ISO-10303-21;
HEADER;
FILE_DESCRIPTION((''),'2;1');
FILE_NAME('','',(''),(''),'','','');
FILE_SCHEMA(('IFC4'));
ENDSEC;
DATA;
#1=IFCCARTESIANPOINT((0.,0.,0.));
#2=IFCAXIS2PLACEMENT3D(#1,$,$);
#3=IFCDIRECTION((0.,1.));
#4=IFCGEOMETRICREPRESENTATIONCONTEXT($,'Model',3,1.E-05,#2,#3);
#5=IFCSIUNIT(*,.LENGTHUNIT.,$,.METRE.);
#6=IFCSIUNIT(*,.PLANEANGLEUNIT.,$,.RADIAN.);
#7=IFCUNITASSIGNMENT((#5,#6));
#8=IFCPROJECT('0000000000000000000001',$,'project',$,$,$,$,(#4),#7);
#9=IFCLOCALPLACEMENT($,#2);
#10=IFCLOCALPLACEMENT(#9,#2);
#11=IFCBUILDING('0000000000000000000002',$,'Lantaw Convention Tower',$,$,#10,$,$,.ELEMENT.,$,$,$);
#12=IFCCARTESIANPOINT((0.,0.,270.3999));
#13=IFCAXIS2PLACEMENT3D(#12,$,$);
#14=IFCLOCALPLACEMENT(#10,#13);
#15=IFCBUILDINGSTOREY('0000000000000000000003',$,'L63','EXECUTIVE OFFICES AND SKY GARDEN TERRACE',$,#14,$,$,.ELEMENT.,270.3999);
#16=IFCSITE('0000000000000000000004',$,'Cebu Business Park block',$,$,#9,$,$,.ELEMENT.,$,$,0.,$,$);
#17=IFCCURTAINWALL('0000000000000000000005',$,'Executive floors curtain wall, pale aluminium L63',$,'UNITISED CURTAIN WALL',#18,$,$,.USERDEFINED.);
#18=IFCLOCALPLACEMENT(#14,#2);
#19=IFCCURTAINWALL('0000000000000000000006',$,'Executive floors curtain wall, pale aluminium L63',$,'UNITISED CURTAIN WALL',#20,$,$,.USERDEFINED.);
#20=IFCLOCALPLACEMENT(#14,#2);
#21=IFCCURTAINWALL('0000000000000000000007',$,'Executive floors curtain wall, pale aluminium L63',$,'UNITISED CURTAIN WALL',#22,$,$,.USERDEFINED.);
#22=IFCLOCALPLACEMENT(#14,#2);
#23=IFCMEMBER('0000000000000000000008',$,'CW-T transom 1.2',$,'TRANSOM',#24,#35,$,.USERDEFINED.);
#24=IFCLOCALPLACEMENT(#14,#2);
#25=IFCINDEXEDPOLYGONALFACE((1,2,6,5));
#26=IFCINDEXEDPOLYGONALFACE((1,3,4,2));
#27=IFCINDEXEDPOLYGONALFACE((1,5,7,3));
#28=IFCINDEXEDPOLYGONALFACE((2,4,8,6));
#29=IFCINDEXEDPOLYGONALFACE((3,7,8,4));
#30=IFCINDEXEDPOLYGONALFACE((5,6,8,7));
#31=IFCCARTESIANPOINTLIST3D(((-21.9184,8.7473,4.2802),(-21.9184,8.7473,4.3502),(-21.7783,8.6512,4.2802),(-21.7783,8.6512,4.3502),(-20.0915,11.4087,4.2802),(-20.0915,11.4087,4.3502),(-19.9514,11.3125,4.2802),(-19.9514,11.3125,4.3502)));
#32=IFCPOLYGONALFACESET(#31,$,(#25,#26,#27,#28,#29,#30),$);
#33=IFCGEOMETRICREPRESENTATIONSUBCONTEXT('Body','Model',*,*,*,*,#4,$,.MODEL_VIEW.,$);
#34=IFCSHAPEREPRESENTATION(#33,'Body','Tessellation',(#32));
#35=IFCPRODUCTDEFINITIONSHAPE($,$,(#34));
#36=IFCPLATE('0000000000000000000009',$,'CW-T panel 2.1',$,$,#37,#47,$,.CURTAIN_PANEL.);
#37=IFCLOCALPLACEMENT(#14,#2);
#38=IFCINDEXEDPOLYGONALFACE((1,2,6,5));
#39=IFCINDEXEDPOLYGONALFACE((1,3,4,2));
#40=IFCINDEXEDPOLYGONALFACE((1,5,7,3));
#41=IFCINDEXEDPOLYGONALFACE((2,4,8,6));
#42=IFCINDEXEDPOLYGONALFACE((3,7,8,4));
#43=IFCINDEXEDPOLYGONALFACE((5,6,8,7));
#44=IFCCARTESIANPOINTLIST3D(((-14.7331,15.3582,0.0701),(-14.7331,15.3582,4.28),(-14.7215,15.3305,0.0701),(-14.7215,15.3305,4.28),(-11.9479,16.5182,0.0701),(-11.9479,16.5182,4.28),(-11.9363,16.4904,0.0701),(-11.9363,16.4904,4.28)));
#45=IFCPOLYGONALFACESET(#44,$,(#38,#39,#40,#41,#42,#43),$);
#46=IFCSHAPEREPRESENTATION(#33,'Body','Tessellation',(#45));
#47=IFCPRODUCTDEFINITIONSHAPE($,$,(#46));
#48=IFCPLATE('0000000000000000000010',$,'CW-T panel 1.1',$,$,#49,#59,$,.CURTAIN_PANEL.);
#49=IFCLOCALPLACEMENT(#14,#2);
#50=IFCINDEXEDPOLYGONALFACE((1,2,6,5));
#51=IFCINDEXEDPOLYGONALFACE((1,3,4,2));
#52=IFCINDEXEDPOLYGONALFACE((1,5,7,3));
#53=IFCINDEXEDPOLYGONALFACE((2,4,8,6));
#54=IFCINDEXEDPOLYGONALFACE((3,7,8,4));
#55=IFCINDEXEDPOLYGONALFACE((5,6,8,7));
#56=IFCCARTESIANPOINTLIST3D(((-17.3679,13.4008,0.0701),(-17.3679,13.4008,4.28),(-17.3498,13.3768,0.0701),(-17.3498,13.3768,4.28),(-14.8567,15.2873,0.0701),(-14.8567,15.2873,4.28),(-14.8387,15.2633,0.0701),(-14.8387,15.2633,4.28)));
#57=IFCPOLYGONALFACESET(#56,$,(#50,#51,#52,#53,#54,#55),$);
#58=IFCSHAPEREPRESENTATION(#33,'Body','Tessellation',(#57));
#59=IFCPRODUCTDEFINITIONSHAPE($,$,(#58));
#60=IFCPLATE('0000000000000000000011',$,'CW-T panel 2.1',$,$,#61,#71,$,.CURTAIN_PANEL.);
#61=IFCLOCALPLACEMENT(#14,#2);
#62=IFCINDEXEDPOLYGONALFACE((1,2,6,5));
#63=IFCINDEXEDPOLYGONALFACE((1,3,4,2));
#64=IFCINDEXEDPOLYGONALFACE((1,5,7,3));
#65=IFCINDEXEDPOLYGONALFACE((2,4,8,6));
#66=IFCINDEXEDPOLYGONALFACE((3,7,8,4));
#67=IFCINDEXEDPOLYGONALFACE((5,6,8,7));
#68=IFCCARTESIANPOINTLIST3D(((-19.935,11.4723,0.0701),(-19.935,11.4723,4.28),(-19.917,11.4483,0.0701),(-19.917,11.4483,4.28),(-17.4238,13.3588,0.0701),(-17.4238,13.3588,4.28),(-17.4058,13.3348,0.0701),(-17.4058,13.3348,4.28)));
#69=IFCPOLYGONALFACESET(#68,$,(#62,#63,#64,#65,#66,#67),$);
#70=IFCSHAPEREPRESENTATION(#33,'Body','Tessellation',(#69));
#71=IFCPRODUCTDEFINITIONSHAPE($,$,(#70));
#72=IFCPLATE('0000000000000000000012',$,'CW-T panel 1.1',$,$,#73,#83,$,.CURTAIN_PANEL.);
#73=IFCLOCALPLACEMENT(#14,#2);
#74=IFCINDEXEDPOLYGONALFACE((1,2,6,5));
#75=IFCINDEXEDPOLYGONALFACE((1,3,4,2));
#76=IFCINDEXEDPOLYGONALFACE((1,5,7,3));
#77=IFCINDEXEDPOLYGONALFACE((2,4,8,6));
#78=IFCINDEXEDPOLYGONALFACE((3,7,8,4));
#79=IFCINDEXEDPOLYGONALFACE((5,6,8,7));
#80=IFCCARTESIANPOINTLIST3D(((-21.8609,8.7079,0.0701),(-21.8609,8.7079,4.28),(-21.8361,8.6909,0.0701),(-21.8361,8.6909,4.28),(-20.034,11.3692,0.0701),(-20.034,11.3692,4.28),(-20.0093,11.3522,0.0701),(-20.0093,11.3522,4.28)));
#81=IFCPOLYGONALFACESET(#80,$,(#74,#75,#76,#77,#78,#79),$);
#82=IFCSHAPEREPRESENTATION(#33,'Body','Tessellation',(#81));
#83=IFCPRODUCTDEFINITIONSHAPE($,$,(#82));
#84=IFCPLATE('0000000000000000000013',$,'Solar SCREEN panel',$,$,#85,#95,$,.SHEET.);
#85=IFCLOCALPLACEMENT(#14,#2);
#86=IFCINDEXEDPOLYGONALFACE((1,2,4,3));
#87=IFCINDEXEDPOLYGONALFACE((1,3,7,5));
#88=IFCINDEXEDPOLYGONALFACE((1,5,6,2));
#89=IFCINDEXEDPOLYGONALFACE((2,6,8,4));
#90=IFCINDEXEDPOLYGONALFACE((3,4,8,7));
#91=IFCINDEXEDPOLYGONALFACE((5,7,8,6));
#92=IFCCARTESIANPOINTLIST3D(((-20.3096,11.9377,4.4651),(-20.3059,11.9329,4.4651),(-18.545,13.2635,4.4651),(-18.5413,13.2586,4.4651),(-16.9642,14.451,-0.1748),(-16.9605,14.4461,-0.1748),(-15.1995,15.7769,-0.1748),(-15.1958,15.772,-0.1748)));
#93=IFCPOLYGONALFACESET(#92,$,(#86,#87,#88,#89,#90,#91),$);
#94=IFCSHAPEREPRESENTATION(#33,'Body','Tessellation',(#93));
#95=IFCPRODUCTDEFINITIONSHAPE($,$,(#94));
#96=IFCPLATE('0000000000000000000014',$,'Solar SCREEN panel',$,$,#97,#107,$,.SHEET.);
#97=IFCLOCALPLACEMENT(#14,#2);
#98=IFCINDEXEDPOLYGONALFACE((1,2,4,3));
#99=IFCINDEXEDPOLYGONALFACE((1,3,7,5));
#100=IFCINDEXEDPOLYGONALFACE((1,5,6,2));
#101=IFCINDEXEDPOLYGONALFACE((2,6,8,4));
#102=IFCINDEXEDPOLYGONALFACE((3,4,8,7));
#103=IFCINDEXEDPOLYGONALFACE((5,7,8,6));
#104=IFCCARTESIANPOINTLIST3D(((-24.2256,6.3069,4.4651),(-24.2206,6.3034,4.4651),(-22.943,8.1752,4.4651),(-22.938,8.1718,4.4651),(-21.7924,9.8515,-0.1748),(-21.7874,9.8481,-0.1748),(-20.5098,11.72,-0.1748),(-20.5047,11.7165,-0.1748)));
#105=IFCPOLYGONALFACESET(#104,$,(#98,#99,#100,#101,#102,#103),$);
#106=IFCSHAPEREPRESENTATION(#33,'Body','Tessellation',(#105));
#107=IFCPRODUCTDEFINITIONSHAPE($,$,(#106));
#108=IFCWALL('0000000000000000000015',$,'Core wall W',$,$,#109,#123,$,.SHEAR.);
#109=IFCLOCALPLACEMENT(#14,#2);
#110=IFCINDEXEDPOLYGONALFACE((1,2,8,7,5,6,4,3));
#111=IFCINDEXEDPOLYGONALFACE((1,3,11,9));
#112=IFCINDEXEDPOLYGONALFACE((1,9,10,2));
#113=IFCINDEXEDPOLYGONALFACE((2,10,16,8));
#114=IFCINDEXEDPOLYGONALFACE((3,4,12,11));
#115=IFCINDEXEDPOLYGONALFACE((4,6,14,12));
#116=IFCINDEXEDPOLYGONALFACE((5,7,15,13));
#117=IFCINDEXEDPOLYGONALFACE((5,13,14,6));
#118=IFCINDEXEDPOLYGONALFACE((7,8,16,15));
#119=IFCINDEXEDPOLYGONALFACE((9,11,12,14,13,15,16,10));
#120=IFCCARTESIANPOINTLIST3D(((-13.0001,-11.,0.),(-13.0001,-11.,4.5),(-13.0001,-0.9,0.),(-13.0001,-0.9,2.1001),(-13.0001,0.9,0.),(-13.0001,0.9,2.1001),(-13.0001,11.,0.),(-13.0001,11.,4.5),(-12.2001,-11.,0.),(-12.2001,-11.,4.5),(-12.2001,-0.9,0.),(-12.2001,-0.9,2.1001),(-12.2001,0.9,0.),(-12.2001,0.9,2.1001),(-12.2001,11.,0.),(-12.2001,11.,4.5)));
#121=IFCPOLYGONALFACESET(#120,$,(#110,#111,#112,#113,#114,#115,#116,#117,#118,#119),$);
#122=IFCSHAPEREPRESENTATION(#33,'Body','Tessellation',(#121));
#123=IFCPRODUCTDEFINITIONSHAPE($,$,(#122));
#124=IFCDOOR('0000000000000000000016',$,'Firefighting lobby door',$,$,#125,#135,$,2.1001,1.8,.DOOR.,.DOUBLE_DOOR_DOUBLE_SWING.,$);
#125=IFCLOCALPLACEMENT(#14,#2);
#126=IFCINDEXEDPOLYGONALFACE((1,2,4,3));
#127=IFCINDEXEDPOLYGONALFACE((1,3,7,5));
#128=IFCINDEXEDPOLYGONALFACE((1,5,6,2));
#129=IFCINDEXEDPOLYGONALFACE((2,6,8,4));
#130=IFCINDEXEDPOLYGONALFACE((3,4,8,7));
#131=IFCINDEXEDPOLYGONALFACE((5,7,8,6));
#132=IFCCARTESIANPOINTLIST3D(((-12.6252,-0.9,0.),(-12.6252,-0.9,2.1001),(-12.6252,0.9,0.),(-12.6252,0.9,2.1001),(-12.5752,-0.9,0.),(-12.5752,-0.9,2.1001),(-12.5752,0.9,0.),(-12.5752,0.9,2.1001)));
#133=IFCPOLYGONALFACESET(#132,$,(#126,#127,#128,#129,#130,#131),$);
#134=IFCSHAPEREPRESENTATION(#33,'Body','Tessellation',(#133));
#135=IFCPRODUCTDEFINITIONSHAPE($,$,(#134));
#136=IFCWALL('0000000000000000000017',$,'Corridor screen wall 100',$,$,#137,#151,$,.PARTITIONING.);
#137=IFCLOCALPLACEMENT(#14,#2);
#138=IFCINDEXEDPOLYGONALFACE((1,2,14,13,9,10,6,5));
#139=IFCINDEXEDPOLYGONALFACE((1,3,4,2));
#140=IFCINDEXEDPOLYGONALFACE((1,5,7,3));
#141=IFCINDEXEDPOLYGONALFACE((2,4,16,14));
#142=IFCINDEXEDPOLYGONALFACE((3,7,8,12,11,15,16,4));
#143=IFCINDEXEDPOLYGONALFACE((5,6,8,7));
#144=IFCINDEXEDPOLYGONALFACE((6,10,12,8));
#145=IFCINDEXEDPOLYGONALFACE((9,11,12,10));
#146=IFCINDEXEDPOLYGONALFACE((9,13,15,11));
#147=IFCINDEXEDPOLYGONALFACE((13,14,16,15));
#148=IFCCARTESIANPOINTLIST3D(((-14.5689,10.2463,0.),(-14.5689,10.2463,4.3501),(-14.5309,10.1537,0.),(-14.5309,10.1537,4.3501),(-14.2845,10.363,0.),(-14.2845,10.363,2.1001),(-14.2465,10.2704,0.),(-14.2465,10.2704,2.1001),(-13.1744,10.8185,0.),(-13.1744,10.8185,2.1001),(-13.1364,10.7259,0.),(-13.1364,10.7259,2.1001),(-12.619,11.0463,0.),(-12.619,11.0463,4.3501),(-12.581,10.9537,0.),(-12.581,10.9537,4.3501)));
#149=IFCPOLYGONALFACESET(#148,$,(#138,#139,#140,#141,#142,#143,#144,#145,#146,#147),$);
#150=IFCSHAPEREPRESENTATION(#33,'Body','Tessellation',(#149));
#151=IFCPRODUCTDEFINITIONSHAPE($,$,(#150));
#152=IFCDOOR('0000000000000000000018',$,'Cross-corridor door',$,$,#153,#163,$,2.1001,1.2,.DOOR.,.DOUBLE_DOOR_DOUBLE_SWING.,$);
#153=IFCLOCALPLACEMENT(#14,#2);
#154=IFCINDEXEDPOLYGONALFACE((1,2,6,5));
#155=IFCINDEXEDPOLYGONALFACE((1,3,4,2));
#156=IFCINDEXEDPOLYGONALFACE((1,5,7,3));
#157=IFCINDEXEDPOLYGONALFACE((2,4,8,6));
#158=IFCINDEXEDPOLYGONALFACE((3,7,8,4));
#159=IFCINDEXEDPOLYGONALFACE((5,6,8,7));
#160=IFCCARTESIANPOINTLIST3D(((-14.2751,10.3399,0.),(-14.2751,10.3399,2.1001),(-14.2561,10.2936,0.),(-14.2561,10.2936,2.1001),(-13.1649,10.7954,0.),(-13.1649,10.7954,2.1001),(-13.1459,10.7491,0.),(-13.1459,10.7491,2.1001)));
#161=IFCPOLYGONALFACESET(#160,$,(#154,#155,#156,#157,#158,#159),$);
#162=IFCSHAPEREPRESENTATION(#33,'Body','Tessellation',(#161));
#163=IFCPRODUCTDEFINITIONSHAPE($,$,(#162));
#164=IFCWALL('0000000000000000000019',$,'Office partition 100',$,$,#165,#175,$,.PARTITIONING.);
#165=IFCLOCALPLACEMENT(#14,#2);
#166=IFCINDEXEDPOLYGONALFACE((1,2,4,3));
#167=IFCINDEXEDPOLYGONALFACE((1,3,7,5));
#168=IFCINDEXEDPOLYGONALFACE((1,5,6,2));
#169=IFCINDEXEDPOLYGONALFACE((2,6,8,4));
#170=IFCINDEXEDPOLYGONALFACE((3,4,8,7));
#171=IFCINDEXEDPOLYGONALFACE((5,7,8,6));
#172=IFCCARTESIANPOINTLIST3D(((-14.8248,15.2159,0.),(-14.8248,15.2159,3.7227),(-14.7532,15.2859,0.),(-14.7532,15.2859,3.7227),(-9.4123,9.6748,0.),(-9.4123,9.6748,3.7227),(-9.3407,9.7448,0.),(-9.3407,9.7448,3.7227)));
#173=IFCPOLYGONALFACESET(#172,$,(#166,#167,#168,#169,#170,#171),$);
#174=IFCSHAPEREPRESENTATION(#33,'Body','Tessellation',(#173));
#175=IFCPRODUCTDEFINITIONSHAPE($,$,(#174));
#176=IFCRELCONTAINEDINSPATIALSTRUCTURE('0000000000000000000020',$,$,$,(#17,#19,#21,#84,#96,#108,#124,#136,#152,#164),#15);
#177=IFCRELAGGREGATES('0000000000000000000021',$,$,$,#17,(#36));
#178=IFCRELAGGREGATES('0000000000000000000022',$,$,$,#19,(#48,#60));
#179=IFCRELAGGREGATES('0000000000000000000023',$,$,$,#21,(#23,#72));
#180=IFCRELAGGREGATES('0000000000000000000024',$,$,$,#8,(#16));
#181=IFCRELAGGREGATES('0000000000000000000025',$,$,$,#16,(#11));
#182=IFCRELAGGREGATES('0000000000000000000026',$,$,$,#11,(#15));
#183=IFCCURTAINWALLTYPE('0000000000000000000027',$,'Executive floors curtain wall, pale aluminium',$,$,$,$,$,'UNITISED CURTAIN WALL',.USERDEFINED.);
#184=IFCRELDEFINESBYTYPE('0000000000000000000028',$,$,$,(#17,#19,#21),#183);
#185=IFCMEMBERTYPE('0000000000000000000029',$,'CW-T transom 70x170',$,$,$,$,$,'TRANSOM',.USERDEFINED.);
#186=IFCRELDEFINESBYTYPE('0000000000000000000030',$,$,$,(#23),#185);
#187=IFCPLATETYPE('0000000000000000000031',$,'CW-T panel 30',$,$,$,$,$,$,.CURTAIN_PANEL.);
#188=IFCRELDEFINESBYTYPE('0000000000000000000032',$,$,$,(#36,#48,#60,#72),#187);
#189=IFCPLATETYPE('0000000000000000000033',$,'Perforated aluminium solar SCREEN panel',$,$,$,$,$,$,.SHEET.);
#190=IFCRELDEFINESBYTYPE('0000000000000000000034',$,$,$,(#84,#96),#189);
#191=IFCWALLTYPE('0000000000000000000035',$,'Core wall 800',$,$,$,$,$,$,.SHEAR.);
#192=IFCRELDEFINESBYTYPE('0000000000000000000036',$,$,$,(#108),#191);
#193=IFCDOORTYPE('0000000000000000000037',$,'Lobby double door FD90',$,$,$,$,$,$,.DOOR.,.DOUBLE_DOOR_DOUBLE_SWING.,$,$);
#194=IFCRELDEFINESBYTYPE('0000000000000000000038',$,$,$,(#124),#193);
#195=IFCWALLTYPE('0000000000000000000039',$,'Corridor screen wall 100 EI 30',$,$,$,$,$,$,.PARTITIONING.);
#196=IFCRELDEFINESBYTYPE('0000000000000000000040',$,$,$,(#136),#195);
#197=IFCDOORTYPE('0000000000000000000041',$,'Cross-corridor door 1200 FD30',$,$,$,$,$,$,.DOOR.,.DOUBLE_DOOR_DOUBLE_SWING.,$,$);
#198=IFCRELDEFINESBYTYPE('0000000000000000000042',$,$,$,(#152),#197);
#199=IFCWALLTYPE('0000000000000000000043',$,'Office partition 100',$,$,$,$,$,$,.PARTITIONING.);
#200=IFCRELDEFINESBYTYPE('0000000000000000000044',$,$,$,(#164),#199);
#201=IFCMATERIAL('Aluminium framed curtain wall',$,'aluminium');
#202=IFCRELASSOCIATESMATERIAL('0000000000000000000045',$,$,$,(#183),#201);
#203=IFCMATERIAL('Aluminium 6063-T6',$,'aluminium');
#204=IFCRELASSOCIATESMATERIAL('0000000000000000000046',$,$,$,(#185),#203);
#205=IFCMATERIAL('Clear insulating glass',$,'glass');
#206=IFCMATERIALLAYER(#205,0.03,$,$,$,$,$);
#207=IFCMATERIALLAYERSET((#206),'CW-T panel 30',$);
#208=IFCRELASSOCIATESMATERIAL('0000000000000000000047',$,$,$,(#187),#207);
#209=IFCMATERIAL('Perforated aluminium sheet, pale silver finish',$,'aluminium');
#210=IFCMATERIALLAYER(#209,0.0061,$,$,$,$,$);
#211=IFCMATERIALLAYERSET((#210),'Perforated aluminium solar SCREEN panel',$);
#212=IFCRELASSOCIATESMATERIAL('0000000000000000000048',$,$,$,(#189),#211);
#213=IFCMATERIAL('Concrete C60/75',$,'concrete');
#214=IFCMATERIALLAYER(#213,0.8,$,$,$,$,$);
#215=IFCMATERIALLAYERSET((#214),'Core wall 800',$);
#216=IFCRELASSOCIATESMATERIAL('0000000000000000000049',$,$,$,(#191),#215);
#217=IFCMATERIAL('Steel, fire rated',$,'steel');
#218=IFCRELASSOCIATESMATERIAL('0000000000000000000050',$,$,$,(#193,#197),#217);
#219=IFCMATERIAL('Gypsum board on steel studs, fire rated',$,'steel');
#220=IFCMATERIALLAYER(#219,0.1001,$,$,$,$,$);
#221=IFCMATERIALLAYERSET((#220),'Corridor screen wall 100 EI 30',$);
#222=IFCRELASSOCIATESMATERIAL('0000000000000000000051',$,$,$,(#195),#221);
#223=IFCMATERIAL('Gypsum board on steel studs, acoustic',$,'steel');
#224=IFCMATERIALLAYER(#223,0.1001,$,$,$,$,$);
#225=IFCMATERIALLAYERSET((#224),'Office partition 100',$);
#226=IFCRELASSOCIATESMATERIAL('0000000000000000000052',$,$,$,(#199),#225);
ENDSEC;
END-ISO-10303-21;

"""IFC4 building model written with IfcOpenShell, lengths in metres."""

from ifc_helpers import new_model, si_unit, direction, frame, frame_2d, origin, origin_2d, place, context, subcontext, project, spatial, polyline, rectangle, outline, extrude, material, layer, layer_set, material_profile, profile_set, type_object, element, fill, aggregate, save


model = new_model("IFC4")

# Units and contexts
model_context = context("Model", 3, precision=1e-05, world=origin(), true_north=direction((0.0, 1.0)))
body_context = subcontext(model_context, "Body", "Model", "MODEL_VIEW")
ifc_project = project(units=[si_unit("LENGTHUNIT", "METRE"), si_unit("PLANEANGLEUNIT", "RADIAN")], contexts=[model_context])

# Site, building, storey
site_placement = place(None, origin())
site = spatial("IfcSite", under=ifc_project, at=site_placement, Name="Cebu Business Park block", CompositionType="ELEMENT", RefElevation=0.0)
building_placement = place(site_placement, origin())
building = spatial("IfcBuilding", under=site, at=building_placement, Name="Lantaw Convention Tower", CompositionType="ELEMENT")
storey_placement = place(building_placement, frame((0.0, 0.0, 270.3999)))
storey = spatial("IfcBuildingStorey", under=building, at=storey_placement, Name="L63", Description="EXECUTIVE OFFICES AND SKY GARDEN TERRACE", CompositionType="ELEMENT", Elevation=270.3999)

# Shared definitions
ifc_material_1 = material(Name="Concrete C60/75", Category="concrete")

# Curtain wall
ifc_material_2 = material(Name="Aluminium framed curtain wall", Category="aluminium")
curtain_wall_type = type_object("IfcCurtainWallType", Name="Executive floors curtain wall, pale aluminium", ElementType="UNITISED CURTAIN WALL", PredefinedType="USERDEFINED", material=ifc_material_2)
curtain_wall_1_placement = place(storey_placement, origin())
curtain_wall_1 = element("IfcCurtainWall", 1, at=curtain_wall_1_placement, inside=storey, type_object=curtain_wall_type, Name="Executive floors curtain wall, pale aluminium L63", ObjectType="UNITISED CURTAIN WALL", PredefinedType="USERDEFINED")
ifc_material_3 = material(Name="Aluminium 6063-T6", Category="aluminium")

# Curtain wall
curtain_wall_2_placement = place(storey_placement, origin())
curtain_wall_2 = element("IfcCurtainWall", 2, at=curtain_wall_2_placement, inside=storey, type_object=curtain_wall_type, Name="Executive floors curtain wall, pale aluminium L63", ObjectType="UNITISED CURTAIN WALL", PredefinedType="USERDEFINED")

# Curtain wall
curtain_wall_3_placement = place(storey_placement, origin())
curtain_wall_3 = element("IfcCurtainWall", 3, at=curtain_wall_3_placement, inside=storey, type_object=curtain_wall_type, Name="Executive floors curtain wall, pale aluminium L63", ObjectType="UNITISED CURTAIN WALL", PredefinedType="USERDEFINED")

# Member
ifc_material_profile_1 = material_profile(ifc_material_3, rectangle(XDim=0.1699, YDim=0.0701, at=origin_2d()), Name="CW-T transom 70x170")
ifc_profile_set_1 = profile_set([ifc_material_profile_1], Name="Aluminium 6063-T6")
member_type_1 = type_object("IfcMemberType", Name="CW-T transom 70x170", ElementType="TRANSOM", PredefinedType="USERDEFINED", material=ifc_profile_set_1)
member_1_placement = place(storey_placement, frame((-20.0215, 11.3606, 4.3152), z_axis=(-0.565941, -0.824446, 0.0), x_axis=(0.824446, -0.565941, 0.0)))
member_1 = element("IfcMember", 4, at=member_1_placement, type_object=member_type_1, Name="CW-T transom 1.2", ObjectType="TRANSOM", PredefinedType="USERDEFINED", context=body_context, shape_type="SweptSolid", body=[
    extrude(rectangle(XDim=0.1699, YDim=0.0701, at=origin_2d()), origin(), (0.0, 0.0, 1.0), 3.228),
])

# Plates
ifc_material_4 = material(Name="Clear insulating glass", Category="glass")
ifc_layer_1 = layer(ifc_material_4, 0.03)
ifc_layer_set_1 = layer_set([ifc_layer_1], Name="CW-T panel 30")
plate_type_1 = type_object("IfcPlateType", Name="CW-T panel 30", PredefinedType="CURTAIN_PANEL", material=ifc_layer_set_1)
plate_1_placement = place(storey_placement, frame((-13.3347, 15.9243, 0.0701), z_axis=(0.0, 0.0, 1.0), x_axis=(-0.923142, -0.38446, 0.0)))
plate_1 = element("IfcPlate", 5, at=plate_1_placement, type_object=plate_type_1, Name="CW-T panel 2.1", PredefinedType="CURTAIN_PANEL", context=body_context, shape_type="SweptSolid", body=[
    extrude(rectangle(XDim=3.0171, YDim=0.03, at=origin_2d()), origin(), (0.0, 0.0, 1.0), 4.21),
])
aggregate(curtain_wall_1, [plate_1])
plate_2_placement = place(storey_placement, frame((-16.1033, 14.332, 0.0701), z_axis=(0.0, 0.0, 1.0), x_axis=(-0.799518, -0.600643, 0.0)))
plate_2 = element("IfcPlate", 6, at=plate_2_placement, type_object=plate_type_1, Name="CW-T panel 1.1", PredefinedType="CURTAIN_PANEL", context=body_context, shape_type="SweptSolid", body=[
    extrude(rectangle(XDim=3.1409, YDim=0.03, at=origin_2d()), origin(), (0.0, 0.0, 1.0), 4.21),
])
plate_3_placement = place(storey_placement, frame((-18.6704, 12.4036, 0.0701), z_axis=(0.0, 0.0, 1.0), x_axis=(-0.799518, -0.600643, 0.0)))
plate_3 = element("IfcPlate", 7, at=plate_3_placement, type_object=plate_type_1, Name="CW-T panel 2.1", PredefinedType="CURTAIN_PANEL", context=body_context, shape_type="SweptSolid", body=[
    extrude(rectangle(XDim=3.1409, YDim=0.03, at=origin_2d()), origin(), (0.0, 0.0, 1.0), 4.21),
])
aggregate(curtain_wall_2, [plate_2, plate_3])
plate_4_placement = place(storey_placement, frame((-20.9351, 10.03, 0.0701), z_axis=(0.0, 0.0, 1.0), x_axis=(-0.565935, -0.82445, 0.0)))
plate_4 = element("IfcPlate", 8, at=plate_4_placement, type_object=plate_type_1, Name="CW-T panel 1.1", PredefinedType="CURTAIN_PANEL", context=body_context, shape_type="SweptSolid", body=[
    extrude(rectangle(XDim=3.228, YDim=0.03, at=origin_2d()), origin(), (0.0, 0.0, 1.0), 4.21),
])
aggregate(curtain_wall_3, [member_1, plate_4])

# Plates
ifc_material_5 = material(Name="Perforated aluminium sheet, pale silver finish", Category="aluminium")
ifc_layer_2 = layer(ifc_material_5, 0.0061)
ifc_layer_set_2 = layer_set([ifc_layer_2], Name="Perforated aluminium solar SCREEN panel")
plate_type_2 = type_object("IfcPlateType", Name="Perforated aluminium solar SCREEN panel", PredefinedType="SHEET", material=ifc_layer_set_2)
plate_5_placement = place(storey_placement, frame((-15.1958, 15.772, -0.1748), z_axis=(0.600672, -0.799495, 0.000032), x_axis=(-0.799495, -0.600672, 0.0)))
element("IfcPlate", 9, at=plate_5_placement, inside=storey, type_object=plate_type_2, Name="Solar SCREEN panel", PredefinedType="SHEET", context=body_context, shape_type="SweptSolid", body=[
    extrude(outline(polyline([(0.0, 0.0), (2.2073, 0.0), (6.3916, -4.6399), (4.1844, -4.6399), (0.0, 0.0)])), origin(), (0.0, 0.0, -1.0), 0.0061),
])
plate_6_placement = place(storey_placement, frame((-20.5098, 11.72, -0.1748), z_axis=(-0.824441, 0.565948, 0.000011), x_axis=(-0.565948, -0.824441, 0.0)))
element("IfcPlate", 10, at=plate_6_placement, inside=storey, type_object=plate_type_2, Name="Solar SCREEN panel", PredefinedType="SHEET", context=body_context, shape_type="SweptSolid", body=[
    extrude(outline(polyline([(0.0, 0.0), (2.2663, 0.0), (6.5657, 4.6399), (4.2995, 4.6399), (0.0, 0.0)])), origin(), (0.0, 0.0, -1.0), 0.0061),
])

# Walls, openings, doors
ifc_layer_3 = layer(ifc_material_1, 0.8)
ifc_layer_set_3 = layer_set([ifc_layer_3], Name="Core wall 800")
wall_type_1 = type_object("IfcWallType", Name="Core wall 800", PredefinedType="SHEAR", material=ifc_layer_set_3)
wall_1_placement = place(storey_placement, frame((-12.6001, 11.0, 0.0), z_axis=(0.0, 0.0, 1.0), x_axis=(0.0, -1.0, 0.0)))
wall_1 = element("IfcWall", 11, at=wall_1_placement, inside=storey, type_object=wall_type_1, Name="Core wall W", PredefinedType="SHEAR", context=body_context, shape_type="SweptSolid", body=[
    extrude(rectangle(XDim=22.0, YDim=0.8, at=frame_2d((11.0, 0.0))), origin(), (0.0, 0.0, 1.0), 4.5),
])
opening_1_placement = place(wall_1_placement, frame((10.1001, 0.0, 0.0)))
opening_1 = element("IfcOpeningElement", 12, at=opening_1_placement, cuts=wall_1, PredefinedType="OPENING", context=body_context, shape_type="SweptSolid", body=[
    extrude(rectangle(XDim=1.8, YDim=2.1001, at=frame_2d((0.8999, 1.05))), frame((0.0, 0.4099, 0.0), z_axis=(0.0, -1.0, 0.0), x_axis=(1.0, 0.0, 0.0)), (0.0, 0.0, 1.0), 0.8201),
])
ifc_material_6 = material(Name="Steel, fire rated", Category="steel")
door_type_1 = type_object("IfcDoorType", Name="Lobby double door FD90", OperationType="DOUBLE_DOOR_DOUBLE_SWING", PredefinedType="DOOR", material=ifc_material_6)
door_1_placement = place(opening_1_placement, origin())
door_1 = element("IfcDoor", 13, at=door_1_placement, inside=storey, type_object=door_type_1, Name="Firefighting lobby door", OperationType="DOUBLE_DOOR_DOUBLE_SWING", OverallHeight=2.1001, OverallWidth=1.8, PredefinedType="DOOR", context=body_context, shape_type="SweptSolid", body=[
    extrude(rectangle(XDim=1.8, YDim=2.1001, at=frame_2d((0.8999, 1.05))), frame((0.0, 0.0249, 0.0), z_axis=(0.0, -1.0, 0.0), x_axis=(1.0, 0.0, 0.0)), (0.0, 0.0, 1.0), 0.05),
])
fill(opening_1, door_1)
ifc_material_7 = material(Name="Gypsum board on steel studs, fire rated", Category="steel")
ifc_layer_4 = layer(ifc_material_7, 0.1001)
ifc_layer_set_4 = layer_set([ifc_layer_4], Name="Corridor screen wall 100 EI 30")
wall_type_2 = type_object("IfcWallType", Name="Corridor screen wall 100 EI 30", PredefinedType="PARTITIONING", material=ifc_layer_set_4)
wall_2_placement = place(storey_placement, frame((-12.6001, 11.0, 0.0), z_axis=(0.0, 0.0, 1.0), x_axis=(-0.925157, -0.379584, 0.0)))
wall_2 = element("IfcWall", 14, at=wall_2_placement, inside=storey, type_object=wall_type_2, Name="Corridor screen wall 100", PredefinedType="PARTITIONING", context=body_context, shape_type="SweptSolid", body=[
    extrude(rectangle(XDim=2.1077, YDim=0.1001, at=frame_2d((1.0537, 0.0))), origin(), (0.0, 0.0, 1.0), 4.3501),
])
opening_2_placement = place(wall_2_placement, frame((0.6001, 0.0, 0.0)))
opening_2 = element("IfcOpeningElement", 15, at=opening_2_placement, cuts=wall_2, PredefinedType="OPENING", context=body_context, shape_type="SweptSolid", body=[
    extrude(rectangle(XDim=1.2, YDim=2.1001, at=frame_2d((0.6001, 1.05))), frame((0.0, 0.0601, 0.0), z_axis=(0.0, -1.0, 0.0), x_axis=(1.0, 0.0, 0.0)), (0.0, 0.0, 1.0), 0.1201),
])
door_type_2 = type_object("IfcDoorType", Name="Cross-corridor door 1200 FD30", OperationType="DOUBLE_DOOR_DOUBLE_SWING", PredefinedType="DOOR", material=ifc_material_6)
door_2_placement = place(opening_2_placement, origin())
door_2 = element("IfcDoor", 16, at=door_2_placement, inside=storey, type_object=door_type_2, Name="Cross-corridor door", OperationType="DOUBLE_DOOR_DOUBLE_SWING", OverallHeight=2.1001, OverallWidth=1.2, PredefinedType="DOOR", context=body_context, shape_type="SweptSolid", body=[
    extrude(rectangle(XDim=1.2, YDim=2.1001, at=frame_2d((0.6001, 1.05))), frame((0.0, 0.0249, 0.0), z_axis=(0.0, -1.0, 0.0), x_axis=(1.0, 0.0, 0.0)), (0.0, 0.0, 1.0), 0.05),
])
fill(opening_2, door_2)

# Wall
ifc_material_8 = material(Name="Gypsum board on steel studs, acoustic", Category="steel")
ifc_layer_5 = layer(ifc_material_8, 0.1001)
ifc_layer_set_5 = layer_set([ifc_layer_5], Name="Office partition 100")
wall_type_3 = type_object("IfcWallType", Name="Office partition 100", PredefinedType="PARTITIONING", material=ifc_layer_set_5)
wall_3_placement = place(storey_placement, frame((-14.7891, 15.251, 0.0), z_axis=(0.0, 0.0, 1.0), x_axis=(0.698753, -0.715363, 0.0)))
element("IfcWall", 17, at=wall_3_placement, inside=storey, type_object=wall_type_3, Name="Office partition 100", PredefinedType="PARTITIONING", context=body_context, shape_type="SweptSolid", body=[
    extrude(rectangle(XDim=7.7458, YDim=0.1001, at=frame_2d((3.873, 0.0))), origin(), (0.0, 0.0, 1.0), 3.7227),
])

save(model, "model.ifc")
